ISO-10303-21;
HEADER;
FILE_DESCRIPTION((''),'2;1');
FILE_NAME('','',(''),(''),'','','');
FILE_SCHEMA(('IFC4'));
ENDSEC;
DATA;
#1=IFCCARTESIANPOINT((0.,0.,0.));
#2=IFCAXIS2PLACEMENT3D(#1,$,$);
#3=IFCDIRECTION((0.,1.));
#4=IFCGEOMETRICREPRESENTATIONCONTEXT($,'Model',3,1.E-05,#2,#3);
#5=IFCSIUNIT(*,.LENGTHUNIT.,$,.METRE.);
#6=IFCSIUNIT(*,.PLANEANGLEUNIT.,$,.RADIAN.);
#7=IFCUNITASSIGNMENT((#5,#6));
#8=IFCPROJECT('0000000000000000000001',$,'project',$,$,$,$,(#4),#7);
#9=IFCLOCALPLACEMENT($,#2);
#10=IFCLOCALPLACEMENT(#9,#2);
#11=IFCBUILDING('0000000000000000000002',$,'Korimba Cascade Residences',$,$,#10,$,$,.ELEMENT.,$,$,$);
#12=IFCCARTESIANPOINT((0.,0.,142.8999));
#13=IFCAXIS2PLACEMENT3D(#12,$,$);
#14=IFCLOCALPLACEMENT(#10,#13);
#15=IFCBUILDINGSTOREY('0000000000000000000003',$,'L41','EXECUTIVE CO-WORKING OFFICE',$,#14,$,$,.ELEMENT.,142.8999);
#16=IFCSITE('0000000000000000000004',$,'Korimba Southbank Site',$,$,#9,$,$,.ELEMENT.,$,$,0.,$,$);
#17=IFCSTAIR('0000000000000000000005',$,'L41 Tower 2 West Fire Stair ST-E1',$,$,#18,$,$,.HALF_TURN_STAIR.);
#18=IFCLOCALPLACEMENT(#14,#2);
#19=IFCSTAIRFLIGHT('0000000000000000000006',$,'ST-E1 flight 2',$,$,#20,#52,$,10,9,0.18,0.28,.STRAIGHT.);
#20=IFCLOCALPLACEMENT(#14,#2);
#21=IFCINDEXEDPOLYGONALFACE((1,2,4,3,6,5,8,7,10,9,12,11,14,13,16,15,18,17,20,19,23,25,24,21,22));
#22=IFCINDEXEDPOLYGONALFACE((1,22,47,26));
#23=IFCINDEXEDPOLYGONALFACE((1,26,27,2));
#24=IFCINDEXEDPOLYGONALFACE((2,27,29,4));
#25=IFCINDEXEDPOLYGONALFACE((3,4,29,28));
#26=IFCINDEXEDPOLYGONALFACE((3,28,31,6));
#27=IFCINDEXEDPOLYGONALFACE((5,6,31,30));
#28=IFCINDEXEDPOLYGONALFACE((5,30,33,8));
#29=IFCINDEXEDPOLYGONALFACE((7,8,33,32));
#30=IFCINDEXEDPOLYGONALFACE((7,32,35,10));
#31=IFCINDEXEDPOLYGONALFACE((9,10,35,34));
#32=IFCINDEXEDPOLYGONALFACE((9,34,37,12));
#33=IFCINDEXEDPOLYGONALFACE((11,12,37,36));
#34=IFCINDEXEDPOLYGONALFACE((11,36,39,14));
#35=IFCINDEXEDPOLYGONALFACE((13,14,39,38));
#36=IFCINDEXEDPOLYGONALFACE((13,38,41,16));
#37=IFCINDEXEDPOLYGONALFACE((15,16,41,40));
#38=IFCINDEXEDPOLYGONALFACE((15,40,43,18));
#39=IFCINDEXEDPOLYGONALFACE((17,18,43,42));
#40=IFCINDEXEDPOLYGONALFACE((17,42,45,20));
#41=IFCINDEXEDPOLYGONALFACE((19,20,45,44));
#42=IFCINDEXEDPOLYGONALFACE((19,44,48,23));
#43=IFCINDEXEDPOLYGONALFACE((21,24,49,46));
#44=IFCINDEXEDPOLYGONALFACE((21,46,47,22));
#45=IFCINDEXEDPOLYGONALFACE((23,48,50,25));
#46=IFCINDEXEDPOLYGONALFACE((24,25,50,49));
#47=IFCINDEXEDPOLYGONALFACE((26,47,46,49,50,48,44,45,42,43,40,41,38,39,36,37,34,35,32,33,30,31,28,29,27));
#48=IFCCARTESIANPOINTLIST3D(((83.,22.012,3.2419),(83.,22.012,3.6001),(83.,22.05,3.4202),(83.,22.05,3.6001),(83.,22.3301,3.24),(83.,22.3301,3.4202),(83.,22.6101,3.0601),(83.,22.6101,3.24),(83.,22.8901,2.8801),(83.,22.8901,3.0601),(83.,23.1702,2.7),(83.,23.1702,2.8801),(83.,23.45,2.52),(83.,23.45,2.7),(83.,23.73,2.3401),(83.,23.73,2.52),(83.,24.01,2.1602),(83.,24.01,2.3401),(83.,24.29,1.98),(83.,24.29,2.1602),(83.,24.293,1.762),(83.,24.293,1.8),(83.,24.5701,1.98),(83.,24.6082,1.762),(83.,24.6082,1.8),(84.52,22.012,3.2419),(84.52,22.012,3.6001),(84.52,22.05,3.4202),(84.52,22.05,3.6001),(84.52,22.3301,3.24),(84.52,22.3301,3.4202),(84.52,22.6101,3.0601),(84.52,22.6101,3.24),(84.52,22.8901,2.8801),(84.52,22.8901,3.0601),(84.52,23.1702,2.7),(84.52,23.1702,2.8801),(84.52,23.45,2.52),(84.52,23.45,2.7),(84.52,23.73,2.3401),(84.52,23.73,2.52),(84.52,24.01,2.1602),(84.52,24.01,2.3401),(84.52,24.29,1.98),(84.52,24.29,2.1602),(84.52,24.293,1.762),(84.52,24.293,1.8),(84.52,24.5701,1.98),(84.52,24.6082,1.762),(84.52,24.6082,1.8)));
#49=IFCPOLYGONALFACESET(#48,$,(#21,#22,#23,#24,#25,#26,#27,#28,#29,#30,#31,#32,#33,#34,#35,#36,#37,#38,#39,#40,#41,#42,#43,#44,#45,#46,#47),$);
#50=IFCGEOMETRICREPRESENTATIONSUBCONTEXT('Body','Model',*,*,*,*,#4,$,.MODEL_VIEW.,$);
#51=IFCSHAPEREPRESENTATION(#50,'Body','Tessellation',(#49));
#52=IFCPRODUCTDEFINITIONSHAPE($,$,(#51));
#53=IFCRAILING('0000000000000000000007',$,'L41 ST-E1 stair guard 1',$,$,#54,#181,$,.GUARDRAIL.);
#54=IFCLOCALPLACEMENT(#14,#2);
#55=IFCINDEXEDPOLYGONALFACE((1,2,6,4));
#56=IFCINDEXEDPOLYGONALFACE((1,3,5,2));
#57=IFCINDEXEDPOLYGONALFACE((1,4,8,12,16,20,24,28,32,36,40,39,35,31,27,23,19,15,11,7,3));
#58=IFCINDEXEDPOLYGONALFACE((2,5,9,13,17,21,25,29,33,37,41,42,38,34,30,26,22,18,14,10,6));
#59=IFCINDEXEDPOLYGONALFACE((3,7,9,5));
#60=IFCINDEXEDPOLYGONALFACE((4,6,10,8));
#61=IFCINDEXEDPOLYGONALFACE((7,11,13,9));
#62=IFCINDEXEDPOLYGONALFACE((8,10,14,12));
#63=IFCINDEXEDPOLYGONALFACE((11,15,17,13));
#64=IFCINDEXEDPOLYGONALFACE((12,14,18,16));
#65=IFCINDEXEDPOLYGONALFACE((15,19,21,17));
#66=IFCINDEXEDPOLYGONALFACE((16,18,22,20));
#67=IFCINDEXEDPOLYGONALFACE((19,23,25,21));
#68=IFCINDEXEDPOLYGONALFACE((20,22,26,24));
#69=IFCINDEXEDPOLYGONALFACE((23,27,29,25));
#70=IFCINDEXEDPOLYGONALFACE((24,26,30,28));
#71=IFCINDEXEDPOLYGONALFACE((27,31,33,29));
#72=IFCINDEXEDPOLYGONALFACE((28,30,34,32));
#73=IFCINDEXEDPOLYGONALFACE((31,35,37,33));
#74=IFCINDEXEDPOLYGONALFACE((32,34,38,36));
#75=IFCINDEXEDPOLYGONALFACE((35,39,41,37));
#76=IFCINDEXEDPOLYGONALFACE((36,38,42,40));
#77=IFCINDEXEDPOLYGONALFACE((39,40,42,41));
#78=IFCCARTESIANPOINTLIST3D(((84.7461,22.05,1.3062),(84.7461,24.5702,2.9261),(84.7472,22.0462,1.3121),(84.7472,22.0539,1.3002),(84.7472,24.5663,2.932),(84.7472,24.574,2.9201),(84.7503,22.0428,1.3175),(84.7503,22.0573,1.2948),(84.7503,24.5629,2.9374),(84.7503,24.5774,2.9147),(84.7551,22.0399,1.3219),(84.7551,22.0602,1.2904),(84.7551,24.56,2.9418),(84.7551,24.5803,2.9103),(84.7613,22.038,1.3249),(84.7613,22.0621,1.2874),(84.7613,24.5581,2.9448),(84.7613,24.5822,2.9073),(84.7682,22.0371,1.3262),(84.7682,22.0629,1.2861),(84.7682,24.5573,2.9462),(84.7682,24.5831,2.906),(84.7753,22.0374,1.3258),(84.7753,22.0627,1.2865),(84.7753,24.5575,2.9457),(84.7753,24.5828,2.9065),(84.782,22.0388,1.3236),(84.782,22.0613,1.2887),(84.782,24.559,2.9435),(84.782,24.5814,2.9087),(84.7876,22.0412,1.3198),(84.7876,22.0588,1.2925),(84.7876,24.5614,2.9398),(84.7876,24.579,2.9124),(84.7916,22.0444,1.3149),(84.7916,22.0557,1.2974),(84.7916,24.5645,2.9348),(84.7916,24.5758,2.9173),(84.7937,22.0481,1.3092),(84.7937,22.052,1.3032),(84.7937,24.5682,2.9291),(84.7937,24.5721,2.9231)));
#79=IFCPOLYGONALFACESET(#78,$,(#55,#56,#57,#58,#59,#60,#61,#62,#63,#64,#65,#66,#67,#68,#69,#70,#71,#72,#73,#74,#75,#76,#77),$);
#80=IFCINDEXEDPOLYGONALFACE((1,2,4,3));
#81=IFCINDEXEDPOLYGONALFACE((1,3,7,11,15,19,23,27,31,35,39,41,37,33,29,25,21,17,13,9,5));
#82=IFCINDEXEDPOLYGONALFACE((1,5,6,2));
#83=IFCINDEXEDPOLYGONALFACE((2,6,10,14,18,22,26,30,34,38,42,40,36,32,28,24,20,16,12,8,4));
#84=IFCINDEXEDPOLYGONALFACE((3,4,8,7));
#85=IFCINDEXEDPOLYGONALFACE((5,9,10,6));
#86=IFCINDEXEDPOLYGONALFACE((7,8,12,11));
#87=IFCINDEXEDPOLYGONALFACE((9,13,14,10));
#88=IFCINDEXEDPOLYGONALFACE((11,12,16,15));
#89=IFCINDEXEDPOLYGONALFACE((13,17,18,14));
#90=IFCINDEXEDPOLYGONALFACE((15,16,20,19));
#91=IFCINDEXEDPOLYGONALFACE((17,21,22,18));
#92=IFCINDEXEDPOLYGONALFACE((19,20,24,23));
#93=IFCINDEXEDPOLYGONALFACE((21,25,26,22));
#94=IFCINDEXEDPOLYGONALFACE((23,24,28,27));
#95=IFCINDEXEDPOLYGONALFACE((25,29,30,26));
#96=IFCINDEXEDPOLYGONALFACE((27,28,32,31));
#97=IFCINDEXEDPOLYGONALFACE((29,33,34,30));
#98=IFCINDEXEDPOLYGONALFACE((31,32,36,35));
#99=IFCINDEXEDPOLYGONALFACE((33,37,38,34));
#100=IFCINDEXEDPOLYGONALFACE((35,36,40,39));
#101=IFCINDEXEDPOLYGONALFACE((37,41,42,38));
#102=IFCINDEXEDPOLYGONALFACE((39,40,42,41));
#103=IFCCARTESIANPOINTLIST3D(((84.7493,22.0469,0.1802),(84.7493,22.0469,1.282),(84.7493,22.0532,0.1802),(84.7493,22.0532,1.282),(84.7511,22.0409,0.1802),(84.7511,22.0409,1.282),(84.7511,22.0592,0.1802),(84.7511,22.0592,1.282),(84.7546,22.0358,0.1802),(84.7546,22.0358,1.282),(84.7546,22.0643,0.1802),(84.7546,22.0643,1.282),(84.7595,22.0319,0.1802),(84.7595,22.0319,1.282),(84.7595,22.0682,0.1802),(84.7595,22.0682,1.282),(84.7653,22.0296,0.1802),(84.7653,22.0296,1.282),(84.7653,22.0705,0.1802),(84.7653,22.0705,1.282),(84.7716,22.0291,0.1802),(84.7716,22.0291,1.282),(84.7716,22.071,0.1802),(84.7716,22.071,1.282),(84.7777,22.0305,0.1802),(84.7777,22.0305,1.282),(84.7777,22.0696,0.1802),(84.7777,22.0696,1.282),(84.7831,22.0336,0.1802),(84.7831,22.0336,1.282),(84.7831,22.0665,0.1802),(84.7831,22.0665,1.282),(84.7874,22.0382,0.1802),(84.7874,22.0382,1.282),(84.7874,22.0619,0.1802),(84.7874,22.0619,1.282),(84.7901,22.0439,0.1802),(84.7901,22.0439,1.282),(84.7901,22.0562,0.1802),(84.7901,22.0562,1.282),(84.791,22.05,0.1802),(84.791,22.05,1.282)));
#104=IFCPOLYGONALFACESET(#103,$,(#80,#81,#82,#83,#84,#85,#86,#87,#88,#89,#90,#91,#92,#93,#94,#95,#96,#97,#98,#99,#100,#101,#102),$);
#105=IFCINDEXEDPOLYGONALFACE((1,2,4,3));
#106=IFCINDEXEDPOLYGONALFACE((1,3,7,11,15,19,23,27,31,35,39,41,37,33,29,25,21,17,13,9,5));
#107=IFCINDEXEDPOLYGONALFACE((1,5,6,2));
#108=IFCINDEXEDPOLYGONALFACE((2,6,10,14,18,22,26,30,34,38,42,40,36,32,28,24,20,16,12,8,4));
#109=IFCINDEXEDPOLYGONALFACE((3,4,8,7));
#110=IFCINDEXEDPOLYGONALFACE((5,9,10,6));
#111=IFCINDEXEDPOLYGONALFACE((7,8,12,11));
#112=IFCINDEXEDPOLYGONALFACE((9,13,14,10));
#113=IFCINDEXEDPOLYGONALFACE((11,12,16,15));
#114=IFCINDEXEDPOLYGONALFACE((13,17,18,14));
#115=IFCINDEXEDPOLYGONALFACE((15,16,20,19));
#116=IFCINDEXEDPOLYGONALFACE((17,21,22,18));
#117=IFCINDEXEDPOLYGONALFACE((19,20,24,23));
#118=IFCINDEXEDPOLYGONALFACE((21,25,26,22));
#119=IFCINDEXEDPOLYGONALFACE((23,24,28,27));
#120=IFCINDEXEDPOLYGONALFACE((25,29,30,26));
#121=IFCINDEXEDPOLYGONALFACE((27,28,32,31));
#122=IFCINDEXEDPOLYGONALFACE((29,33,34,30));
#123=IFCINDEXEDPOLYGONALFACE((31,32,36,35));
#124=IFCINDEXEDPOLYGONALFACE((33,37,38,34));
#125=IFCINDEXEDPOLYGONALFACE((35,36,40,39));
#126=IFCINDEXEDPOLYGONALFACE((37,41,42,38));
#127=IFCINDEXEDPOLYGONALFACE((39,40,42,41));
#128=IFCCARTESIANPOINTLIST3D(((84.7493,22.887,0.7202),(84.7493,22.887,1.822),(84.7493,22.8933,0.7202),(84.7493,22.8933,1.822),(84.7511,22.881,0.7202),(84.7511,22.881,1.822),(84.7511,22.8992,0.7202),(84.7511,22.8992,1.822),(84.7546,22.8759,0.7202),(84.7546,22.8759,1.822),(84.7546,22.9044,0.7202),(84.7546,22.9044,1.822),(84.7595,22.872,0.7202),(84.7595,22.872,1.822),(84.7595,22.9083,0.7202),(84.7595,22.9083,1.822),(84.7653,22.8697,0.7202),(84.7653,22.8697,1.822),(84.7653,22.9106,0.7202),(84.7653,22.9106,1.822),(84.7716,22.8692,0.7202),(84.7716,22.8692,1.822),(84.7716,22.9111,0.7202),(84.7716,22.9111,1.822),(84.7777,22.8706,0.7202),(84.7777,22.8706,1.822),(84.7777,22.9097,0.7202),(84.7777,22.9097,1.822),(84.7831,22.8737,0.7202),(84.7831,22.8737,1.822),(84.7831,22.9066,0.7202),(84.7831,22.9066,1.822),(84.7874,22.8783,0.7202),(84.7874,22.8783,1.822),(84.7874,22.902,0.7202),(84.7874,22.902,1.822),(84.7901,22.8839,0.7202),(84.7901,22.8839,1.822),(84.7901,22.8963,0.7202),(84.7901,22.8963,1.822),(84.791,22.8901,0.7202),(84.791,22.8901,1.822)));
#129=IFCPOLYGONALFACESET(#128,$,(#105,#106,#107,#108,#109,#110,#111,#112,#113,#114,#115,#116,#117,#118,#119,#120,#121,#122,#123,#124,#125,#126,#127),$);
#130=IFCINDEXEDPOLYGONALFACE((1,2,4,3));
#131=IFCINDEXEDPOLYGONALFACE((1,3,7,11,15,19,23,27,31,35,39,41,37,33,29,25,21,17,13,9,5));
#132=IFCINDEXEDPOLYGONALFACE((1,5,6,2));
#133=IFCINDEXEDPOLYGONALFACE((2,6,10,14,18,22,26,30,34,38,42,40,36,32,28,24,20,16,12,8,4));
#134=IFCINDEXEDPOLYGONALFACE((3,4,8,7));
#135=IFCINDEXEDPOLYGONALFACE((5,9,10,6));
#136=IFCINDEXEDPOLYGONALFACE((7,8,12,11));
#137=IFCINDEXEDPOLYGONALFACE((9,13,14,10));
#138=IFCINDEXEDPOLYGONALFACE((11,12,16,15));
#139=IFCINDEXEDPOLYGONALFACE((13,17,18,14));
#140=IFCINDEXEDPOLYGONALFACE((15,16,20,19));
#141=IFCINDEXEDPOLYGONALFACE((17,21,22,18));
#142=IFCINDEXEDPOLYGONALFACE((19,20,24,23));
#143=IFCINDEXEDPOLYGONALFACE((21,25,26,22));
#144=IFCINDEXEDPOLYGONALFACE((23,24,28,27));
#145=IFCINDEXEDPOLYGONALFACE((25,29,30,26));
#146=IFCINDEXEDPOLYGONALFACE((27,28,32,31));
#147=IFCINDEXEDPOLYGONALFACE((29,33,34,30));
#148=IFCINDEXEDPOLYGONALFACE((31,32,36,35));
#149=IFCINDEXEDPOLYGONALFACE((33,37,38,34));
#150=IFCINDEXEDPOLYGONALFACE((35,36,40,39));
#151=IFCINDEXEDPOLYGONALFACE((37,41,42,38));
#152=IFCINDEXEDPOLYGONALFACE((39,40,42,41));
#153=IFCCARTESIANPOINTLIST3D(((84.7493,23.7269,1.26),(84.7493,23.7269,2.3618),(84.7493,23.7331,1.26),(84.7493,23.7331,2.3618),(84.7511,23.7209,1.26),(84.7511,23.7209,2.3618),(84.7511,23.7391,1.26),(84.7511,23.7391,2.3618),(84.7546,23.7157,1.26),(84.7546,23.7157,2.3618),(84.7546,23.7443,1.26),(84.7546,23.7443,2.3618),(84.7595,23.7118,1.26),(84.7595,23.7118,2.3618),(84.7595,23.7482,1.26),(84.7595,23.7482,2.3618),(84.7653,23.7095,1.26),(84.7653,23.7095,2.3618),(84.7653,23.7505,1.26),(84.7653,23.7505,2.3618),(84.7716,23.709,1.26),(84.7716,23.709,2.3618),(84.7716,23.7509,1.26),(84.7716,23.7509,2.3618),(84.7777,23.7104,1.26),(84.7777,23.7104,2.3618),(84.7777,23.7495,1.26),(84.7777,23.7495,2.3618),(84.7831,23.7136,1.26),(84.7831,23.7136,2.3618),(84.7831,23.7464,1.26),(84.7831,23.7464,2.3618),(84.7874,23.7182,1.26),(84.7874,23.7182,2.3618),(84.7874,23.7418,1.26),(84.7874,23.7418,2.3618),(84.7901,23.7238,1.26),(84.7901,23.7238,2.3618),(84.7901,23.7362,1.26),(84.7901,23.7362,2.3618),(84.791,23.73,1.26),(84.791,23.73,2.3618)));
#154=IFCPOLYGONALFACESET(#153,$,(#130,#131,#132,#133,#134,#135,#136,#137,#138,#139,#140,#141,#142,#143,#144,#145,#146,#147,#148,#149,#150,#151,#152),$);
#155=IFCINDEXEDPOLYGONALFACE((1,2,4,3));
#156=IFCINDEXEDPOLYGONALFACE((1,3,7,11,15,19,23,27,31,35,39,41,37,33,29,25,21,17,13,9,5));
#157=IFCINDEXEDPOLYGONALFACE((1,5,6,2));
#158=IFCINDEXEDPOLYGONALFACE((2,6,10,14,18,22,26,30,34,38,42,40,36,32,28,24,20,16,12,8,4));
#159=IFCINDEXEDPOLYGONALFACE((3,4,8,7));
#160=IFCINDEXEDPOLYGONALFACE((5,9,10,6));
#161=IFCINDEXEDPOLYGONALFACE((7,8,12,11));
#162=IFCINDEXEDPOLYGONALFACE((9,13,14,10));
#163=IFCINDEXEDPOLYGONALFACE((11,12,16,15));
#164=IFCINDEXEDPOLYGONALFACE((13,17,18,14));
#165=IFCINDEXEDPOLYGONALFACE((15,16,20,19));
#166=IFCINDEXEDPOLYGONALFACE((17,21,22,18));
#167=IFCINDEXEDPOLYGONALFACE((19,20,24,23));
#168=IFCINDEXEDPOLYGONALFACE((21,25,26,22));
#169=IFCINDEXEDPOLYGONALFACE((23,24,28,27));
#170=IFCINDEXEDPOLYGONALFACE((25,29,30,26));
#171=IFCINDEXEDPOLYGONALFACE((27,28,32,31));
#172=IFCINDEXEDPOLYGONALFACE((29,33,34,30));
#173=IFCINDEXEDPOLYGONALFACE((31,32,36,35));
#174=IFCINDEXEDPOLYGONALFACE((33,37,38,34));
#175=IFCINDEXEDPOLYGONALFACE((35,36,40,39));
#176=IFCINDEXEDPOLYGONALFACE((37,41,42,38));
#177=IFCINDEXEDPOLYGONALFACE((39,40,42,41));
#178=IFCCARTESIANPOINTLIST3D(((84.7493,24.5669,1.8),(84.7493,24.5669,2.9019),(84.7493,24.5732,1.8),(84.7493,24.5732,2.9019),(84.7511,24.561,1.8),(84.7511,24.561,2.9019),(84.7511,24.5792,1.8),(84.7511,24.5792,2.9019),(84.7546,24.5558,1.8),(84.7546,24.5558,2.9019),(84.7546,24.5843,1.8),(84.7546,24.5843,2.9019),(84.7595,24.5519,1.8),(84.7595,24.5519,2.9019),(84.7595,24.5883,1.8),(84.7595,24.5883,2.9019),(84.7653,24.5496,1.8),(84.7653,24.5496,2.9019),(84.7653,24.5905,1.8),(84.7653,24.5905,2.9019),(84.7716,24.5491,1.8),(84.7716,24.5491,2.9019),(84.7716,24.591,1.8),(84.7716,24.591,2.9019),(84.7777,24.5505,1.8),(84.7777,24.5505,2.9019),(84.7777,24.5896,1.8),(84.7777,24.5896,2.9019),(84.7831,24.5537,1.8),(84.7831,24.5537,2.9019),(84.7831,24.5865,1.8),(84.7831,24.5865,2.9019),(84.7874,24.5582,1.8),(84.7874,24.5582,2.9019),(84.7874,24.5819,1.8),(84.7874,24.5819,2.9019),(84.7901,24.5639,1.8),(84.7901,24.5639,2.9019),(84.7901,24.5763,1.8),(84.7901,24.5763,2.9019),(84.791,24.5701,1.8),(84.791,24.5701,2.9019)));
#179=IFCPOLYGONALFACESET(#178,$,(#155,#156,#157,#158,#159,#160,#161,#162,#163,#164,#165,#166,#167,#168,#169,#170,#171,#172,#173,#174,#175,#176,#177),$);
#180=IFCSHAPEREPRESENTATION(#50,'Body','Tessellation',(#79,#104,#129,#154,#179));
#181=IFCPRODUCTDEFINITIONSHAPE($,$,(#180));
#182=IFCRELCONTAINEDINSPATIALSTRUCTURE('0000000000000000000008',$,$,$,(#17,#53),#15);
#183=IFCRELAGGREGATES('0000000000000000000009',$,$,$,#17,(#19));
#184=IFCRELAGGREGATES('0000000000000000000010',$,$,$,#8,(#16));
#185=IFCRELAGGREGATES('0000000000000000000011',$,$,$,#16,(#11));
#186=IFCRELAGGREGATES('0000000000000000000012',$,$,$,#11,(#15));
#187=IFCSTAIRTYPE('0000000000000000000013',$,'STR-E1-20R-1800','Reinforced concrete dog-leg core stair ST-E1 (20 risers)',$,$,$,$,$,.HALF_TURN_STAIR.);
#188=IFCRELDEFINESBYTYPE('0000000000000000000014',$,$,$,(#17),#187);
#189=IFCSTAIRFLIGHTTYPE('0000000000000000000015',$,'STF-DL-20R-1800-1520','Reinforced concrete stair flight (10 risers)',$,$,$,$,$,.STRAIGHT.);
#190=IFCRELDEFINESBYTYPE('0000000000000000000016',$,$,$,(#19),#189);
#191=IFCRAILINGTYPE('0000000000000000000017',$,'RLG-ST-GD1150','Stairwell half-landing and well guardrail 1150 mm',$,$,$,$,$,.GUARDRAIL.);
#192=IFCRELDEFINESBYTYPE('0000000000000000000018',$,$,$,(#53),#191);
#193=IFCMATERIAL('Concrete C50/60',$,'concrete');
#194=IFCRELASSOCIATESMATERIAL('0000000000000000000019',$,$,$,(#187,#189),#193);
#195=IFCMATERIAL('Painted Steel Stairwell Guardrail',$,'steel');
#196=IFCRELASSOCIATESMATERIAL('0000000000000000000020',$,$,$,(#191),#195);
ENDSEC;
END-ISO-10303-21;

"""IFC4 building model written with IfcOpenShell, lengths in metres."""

from ifc_helpers import new_model, si_unit, direction, frame, origin, origin_2d, place, context, subcontext, project, spatial, polyline, circle, outline, extrude, material, type_object, element, aggregate, save


model = new_model("IFC4")

# Units and contexts
model_context = context("Model", 3, precision=1e-05, world=origin(), true_north=direction((0.0, 1.0)))
body_context = subcontext(model_context, "Body", "Model", "MODEL_VIEW")
ifc_project = project(units=[si_unit("LENGTHUNIT", "METRE"), si_unit("PLANEANGLEUNIT", "RADIAN")], contexts=[model_context])

# Site, building, storey
site_placement = place(None, origin())
site = spatial("IfcSite", under=ifc_project, at=site_placement, Name="Korimba Southbank Site", CompositionType="ELEMENT", RefElevation=0.0)
building_placement = place(site_placement, origin())
building = spatial("IfcBuilding", under=site, at=building_placement, Name="Korimba Cascade Residences", CompositionType="ELEMENT")
storey_placement = place(building_placement, frame((0.0, 0.0, 142.8999)))
storey = spatial("IfcBuildingStorey", under=building, at=storey_placement, Name="L41", Description="EXECUTIVE CO-WORKING OFFICE", CompositionType="ELEMENT", Elevation=142.8999)

# Shared definitions
ifc_material_1 = material(Name="Concrete C50/60", Category="concrete")

# Stair, stair flight
stair_type = type_object("IfcStairType", Name="STR-E1-20R-1800", Description="Reinforced concrete dog-leg core stair ST-E1 (20 risers)", PredefinedType="HALF_TURN_STAIR", material=ifc_material_1)
stair_placement = place(storey_placement, origin())
stair = element("IfcStair", 1, at=stair_placement, inside=storey, type_object=stair_type, Name="L41 Tower 2 West Fire Stair ST-E1", PredefinedType="HALF_TURN_STAIR")
stair_flight_type = type_object("IfcStairFlightType", Name="STF-DL-20R-1800-1520", Description="Reinforced concrete stair flight (10 risers)", PredefinedType="STRAIGHT", material=ifc_material_1)
stair_flight_1_placement = place(storey_placement, frame((83.76, 24.5701, 1.8), z_axis=(0.0, 0.0, 1.0), x_axis=(0.0, -1.0, 0.0)))
stair_flight_1 = element("IfcStairFlight", 2, at=stair_flight_1_placement, type_object=stair_flight_type, Name="ST-E1 flight 2", NumberOfRisers=10, NumberOfTreads=9, PredefinedType="STRAIGHT", RiserHeight=0.18, TreadLength=0.28, context=body_context, shape_type="SweptSolid", body=[
    extrude(outline(polyline([(-0.0381, 0.0), (0.0, 0.1799), (0.28, 0.1799), (0.28, 0.3601), (0.5601, 0.3601), (0.5601, 0.54), (0.8401, 0.54), (0.8401, 0.72), (1.1201, 0.72), (1.1201, 0.8999), (1.3999, 0.8999), (1.3999, 1.0801), (1.6799, 1.0801), (1.6799, 1.26), (1.96, 1.26), (1.96, 1.4399), (2.24, 1.4399), (2.24, 1.6201), (2.52, 1.6201), (2.52, 1.8), (2.5581, 1.8), (2.5581, 1.4419), (0.2771, 0.0), (0.2771, -0.0381), (-0.0381, -0.0381), (-0.0381, 0.0)])), frame((0.0, 0.76, 0.0), z_axis=(0.0, -1.0, 0.0), x_axis=(1.0, 0.0, 0.0)), (0.0, 0.0, 1.0), 1.52),
])
aggregate(stair, [stair_flight_1])

# Railing
ifc_material_2 = material(Name="Painted Steel Stairwell Guardrail", Category="steel")
railing_type_1 = type_object("IfcRailingType", Name="RLG-ST-GD1150", Description="Stairwell half-landing and well guardrail 1150 mm", PredefinedType="GUARDRAIL", material=ifc_material_2)
railing_1_placement = place(storey_placement, frame((84.77, 22.05, 0.1802)))
element("IfcRailing", 3, at=railing_1_placement, inside=storey, type_object=railing_type_1, Name="L41 ST-E1 stair guard 1", PredefinedType="GUARDRAIL", context=body_context, shape_type="SweptSolid", body=[
    extrude(circle(Radius=0.0239, at=origin_2d()), frame((0.0, 0.0, 1.126), z_axis=(0.0, 0.8412, 0.540725), x_axis=(-1.0, 0.0, 0.0)), (0.0, 0.0, 1.0), 2.9958),
    extrude(circle(Radius=0.021, at=origin_2d()), origin(), (0.0, 0.0, 1.0), 1.1018),
    extrude(circle(Radius=0.021, at=origin_2d()), frame((0.0, 0.8401, 0.54)), (0.0, 0.0, 1.0), 1.1018),
    extrude(circle(Radius=0.021, at=origin_2d()), frame((0.0, 1.6799, 1.0798)), (0.0, 0.0, 1.0), 1.1018),
    extrude(circle(Radius=0.021, at=origin_2d()), frame((0.0, 2.52, 1.6199)), (0.0, 0.0, 1.0), 1.1018),
])

save(model, "model.ifc")
